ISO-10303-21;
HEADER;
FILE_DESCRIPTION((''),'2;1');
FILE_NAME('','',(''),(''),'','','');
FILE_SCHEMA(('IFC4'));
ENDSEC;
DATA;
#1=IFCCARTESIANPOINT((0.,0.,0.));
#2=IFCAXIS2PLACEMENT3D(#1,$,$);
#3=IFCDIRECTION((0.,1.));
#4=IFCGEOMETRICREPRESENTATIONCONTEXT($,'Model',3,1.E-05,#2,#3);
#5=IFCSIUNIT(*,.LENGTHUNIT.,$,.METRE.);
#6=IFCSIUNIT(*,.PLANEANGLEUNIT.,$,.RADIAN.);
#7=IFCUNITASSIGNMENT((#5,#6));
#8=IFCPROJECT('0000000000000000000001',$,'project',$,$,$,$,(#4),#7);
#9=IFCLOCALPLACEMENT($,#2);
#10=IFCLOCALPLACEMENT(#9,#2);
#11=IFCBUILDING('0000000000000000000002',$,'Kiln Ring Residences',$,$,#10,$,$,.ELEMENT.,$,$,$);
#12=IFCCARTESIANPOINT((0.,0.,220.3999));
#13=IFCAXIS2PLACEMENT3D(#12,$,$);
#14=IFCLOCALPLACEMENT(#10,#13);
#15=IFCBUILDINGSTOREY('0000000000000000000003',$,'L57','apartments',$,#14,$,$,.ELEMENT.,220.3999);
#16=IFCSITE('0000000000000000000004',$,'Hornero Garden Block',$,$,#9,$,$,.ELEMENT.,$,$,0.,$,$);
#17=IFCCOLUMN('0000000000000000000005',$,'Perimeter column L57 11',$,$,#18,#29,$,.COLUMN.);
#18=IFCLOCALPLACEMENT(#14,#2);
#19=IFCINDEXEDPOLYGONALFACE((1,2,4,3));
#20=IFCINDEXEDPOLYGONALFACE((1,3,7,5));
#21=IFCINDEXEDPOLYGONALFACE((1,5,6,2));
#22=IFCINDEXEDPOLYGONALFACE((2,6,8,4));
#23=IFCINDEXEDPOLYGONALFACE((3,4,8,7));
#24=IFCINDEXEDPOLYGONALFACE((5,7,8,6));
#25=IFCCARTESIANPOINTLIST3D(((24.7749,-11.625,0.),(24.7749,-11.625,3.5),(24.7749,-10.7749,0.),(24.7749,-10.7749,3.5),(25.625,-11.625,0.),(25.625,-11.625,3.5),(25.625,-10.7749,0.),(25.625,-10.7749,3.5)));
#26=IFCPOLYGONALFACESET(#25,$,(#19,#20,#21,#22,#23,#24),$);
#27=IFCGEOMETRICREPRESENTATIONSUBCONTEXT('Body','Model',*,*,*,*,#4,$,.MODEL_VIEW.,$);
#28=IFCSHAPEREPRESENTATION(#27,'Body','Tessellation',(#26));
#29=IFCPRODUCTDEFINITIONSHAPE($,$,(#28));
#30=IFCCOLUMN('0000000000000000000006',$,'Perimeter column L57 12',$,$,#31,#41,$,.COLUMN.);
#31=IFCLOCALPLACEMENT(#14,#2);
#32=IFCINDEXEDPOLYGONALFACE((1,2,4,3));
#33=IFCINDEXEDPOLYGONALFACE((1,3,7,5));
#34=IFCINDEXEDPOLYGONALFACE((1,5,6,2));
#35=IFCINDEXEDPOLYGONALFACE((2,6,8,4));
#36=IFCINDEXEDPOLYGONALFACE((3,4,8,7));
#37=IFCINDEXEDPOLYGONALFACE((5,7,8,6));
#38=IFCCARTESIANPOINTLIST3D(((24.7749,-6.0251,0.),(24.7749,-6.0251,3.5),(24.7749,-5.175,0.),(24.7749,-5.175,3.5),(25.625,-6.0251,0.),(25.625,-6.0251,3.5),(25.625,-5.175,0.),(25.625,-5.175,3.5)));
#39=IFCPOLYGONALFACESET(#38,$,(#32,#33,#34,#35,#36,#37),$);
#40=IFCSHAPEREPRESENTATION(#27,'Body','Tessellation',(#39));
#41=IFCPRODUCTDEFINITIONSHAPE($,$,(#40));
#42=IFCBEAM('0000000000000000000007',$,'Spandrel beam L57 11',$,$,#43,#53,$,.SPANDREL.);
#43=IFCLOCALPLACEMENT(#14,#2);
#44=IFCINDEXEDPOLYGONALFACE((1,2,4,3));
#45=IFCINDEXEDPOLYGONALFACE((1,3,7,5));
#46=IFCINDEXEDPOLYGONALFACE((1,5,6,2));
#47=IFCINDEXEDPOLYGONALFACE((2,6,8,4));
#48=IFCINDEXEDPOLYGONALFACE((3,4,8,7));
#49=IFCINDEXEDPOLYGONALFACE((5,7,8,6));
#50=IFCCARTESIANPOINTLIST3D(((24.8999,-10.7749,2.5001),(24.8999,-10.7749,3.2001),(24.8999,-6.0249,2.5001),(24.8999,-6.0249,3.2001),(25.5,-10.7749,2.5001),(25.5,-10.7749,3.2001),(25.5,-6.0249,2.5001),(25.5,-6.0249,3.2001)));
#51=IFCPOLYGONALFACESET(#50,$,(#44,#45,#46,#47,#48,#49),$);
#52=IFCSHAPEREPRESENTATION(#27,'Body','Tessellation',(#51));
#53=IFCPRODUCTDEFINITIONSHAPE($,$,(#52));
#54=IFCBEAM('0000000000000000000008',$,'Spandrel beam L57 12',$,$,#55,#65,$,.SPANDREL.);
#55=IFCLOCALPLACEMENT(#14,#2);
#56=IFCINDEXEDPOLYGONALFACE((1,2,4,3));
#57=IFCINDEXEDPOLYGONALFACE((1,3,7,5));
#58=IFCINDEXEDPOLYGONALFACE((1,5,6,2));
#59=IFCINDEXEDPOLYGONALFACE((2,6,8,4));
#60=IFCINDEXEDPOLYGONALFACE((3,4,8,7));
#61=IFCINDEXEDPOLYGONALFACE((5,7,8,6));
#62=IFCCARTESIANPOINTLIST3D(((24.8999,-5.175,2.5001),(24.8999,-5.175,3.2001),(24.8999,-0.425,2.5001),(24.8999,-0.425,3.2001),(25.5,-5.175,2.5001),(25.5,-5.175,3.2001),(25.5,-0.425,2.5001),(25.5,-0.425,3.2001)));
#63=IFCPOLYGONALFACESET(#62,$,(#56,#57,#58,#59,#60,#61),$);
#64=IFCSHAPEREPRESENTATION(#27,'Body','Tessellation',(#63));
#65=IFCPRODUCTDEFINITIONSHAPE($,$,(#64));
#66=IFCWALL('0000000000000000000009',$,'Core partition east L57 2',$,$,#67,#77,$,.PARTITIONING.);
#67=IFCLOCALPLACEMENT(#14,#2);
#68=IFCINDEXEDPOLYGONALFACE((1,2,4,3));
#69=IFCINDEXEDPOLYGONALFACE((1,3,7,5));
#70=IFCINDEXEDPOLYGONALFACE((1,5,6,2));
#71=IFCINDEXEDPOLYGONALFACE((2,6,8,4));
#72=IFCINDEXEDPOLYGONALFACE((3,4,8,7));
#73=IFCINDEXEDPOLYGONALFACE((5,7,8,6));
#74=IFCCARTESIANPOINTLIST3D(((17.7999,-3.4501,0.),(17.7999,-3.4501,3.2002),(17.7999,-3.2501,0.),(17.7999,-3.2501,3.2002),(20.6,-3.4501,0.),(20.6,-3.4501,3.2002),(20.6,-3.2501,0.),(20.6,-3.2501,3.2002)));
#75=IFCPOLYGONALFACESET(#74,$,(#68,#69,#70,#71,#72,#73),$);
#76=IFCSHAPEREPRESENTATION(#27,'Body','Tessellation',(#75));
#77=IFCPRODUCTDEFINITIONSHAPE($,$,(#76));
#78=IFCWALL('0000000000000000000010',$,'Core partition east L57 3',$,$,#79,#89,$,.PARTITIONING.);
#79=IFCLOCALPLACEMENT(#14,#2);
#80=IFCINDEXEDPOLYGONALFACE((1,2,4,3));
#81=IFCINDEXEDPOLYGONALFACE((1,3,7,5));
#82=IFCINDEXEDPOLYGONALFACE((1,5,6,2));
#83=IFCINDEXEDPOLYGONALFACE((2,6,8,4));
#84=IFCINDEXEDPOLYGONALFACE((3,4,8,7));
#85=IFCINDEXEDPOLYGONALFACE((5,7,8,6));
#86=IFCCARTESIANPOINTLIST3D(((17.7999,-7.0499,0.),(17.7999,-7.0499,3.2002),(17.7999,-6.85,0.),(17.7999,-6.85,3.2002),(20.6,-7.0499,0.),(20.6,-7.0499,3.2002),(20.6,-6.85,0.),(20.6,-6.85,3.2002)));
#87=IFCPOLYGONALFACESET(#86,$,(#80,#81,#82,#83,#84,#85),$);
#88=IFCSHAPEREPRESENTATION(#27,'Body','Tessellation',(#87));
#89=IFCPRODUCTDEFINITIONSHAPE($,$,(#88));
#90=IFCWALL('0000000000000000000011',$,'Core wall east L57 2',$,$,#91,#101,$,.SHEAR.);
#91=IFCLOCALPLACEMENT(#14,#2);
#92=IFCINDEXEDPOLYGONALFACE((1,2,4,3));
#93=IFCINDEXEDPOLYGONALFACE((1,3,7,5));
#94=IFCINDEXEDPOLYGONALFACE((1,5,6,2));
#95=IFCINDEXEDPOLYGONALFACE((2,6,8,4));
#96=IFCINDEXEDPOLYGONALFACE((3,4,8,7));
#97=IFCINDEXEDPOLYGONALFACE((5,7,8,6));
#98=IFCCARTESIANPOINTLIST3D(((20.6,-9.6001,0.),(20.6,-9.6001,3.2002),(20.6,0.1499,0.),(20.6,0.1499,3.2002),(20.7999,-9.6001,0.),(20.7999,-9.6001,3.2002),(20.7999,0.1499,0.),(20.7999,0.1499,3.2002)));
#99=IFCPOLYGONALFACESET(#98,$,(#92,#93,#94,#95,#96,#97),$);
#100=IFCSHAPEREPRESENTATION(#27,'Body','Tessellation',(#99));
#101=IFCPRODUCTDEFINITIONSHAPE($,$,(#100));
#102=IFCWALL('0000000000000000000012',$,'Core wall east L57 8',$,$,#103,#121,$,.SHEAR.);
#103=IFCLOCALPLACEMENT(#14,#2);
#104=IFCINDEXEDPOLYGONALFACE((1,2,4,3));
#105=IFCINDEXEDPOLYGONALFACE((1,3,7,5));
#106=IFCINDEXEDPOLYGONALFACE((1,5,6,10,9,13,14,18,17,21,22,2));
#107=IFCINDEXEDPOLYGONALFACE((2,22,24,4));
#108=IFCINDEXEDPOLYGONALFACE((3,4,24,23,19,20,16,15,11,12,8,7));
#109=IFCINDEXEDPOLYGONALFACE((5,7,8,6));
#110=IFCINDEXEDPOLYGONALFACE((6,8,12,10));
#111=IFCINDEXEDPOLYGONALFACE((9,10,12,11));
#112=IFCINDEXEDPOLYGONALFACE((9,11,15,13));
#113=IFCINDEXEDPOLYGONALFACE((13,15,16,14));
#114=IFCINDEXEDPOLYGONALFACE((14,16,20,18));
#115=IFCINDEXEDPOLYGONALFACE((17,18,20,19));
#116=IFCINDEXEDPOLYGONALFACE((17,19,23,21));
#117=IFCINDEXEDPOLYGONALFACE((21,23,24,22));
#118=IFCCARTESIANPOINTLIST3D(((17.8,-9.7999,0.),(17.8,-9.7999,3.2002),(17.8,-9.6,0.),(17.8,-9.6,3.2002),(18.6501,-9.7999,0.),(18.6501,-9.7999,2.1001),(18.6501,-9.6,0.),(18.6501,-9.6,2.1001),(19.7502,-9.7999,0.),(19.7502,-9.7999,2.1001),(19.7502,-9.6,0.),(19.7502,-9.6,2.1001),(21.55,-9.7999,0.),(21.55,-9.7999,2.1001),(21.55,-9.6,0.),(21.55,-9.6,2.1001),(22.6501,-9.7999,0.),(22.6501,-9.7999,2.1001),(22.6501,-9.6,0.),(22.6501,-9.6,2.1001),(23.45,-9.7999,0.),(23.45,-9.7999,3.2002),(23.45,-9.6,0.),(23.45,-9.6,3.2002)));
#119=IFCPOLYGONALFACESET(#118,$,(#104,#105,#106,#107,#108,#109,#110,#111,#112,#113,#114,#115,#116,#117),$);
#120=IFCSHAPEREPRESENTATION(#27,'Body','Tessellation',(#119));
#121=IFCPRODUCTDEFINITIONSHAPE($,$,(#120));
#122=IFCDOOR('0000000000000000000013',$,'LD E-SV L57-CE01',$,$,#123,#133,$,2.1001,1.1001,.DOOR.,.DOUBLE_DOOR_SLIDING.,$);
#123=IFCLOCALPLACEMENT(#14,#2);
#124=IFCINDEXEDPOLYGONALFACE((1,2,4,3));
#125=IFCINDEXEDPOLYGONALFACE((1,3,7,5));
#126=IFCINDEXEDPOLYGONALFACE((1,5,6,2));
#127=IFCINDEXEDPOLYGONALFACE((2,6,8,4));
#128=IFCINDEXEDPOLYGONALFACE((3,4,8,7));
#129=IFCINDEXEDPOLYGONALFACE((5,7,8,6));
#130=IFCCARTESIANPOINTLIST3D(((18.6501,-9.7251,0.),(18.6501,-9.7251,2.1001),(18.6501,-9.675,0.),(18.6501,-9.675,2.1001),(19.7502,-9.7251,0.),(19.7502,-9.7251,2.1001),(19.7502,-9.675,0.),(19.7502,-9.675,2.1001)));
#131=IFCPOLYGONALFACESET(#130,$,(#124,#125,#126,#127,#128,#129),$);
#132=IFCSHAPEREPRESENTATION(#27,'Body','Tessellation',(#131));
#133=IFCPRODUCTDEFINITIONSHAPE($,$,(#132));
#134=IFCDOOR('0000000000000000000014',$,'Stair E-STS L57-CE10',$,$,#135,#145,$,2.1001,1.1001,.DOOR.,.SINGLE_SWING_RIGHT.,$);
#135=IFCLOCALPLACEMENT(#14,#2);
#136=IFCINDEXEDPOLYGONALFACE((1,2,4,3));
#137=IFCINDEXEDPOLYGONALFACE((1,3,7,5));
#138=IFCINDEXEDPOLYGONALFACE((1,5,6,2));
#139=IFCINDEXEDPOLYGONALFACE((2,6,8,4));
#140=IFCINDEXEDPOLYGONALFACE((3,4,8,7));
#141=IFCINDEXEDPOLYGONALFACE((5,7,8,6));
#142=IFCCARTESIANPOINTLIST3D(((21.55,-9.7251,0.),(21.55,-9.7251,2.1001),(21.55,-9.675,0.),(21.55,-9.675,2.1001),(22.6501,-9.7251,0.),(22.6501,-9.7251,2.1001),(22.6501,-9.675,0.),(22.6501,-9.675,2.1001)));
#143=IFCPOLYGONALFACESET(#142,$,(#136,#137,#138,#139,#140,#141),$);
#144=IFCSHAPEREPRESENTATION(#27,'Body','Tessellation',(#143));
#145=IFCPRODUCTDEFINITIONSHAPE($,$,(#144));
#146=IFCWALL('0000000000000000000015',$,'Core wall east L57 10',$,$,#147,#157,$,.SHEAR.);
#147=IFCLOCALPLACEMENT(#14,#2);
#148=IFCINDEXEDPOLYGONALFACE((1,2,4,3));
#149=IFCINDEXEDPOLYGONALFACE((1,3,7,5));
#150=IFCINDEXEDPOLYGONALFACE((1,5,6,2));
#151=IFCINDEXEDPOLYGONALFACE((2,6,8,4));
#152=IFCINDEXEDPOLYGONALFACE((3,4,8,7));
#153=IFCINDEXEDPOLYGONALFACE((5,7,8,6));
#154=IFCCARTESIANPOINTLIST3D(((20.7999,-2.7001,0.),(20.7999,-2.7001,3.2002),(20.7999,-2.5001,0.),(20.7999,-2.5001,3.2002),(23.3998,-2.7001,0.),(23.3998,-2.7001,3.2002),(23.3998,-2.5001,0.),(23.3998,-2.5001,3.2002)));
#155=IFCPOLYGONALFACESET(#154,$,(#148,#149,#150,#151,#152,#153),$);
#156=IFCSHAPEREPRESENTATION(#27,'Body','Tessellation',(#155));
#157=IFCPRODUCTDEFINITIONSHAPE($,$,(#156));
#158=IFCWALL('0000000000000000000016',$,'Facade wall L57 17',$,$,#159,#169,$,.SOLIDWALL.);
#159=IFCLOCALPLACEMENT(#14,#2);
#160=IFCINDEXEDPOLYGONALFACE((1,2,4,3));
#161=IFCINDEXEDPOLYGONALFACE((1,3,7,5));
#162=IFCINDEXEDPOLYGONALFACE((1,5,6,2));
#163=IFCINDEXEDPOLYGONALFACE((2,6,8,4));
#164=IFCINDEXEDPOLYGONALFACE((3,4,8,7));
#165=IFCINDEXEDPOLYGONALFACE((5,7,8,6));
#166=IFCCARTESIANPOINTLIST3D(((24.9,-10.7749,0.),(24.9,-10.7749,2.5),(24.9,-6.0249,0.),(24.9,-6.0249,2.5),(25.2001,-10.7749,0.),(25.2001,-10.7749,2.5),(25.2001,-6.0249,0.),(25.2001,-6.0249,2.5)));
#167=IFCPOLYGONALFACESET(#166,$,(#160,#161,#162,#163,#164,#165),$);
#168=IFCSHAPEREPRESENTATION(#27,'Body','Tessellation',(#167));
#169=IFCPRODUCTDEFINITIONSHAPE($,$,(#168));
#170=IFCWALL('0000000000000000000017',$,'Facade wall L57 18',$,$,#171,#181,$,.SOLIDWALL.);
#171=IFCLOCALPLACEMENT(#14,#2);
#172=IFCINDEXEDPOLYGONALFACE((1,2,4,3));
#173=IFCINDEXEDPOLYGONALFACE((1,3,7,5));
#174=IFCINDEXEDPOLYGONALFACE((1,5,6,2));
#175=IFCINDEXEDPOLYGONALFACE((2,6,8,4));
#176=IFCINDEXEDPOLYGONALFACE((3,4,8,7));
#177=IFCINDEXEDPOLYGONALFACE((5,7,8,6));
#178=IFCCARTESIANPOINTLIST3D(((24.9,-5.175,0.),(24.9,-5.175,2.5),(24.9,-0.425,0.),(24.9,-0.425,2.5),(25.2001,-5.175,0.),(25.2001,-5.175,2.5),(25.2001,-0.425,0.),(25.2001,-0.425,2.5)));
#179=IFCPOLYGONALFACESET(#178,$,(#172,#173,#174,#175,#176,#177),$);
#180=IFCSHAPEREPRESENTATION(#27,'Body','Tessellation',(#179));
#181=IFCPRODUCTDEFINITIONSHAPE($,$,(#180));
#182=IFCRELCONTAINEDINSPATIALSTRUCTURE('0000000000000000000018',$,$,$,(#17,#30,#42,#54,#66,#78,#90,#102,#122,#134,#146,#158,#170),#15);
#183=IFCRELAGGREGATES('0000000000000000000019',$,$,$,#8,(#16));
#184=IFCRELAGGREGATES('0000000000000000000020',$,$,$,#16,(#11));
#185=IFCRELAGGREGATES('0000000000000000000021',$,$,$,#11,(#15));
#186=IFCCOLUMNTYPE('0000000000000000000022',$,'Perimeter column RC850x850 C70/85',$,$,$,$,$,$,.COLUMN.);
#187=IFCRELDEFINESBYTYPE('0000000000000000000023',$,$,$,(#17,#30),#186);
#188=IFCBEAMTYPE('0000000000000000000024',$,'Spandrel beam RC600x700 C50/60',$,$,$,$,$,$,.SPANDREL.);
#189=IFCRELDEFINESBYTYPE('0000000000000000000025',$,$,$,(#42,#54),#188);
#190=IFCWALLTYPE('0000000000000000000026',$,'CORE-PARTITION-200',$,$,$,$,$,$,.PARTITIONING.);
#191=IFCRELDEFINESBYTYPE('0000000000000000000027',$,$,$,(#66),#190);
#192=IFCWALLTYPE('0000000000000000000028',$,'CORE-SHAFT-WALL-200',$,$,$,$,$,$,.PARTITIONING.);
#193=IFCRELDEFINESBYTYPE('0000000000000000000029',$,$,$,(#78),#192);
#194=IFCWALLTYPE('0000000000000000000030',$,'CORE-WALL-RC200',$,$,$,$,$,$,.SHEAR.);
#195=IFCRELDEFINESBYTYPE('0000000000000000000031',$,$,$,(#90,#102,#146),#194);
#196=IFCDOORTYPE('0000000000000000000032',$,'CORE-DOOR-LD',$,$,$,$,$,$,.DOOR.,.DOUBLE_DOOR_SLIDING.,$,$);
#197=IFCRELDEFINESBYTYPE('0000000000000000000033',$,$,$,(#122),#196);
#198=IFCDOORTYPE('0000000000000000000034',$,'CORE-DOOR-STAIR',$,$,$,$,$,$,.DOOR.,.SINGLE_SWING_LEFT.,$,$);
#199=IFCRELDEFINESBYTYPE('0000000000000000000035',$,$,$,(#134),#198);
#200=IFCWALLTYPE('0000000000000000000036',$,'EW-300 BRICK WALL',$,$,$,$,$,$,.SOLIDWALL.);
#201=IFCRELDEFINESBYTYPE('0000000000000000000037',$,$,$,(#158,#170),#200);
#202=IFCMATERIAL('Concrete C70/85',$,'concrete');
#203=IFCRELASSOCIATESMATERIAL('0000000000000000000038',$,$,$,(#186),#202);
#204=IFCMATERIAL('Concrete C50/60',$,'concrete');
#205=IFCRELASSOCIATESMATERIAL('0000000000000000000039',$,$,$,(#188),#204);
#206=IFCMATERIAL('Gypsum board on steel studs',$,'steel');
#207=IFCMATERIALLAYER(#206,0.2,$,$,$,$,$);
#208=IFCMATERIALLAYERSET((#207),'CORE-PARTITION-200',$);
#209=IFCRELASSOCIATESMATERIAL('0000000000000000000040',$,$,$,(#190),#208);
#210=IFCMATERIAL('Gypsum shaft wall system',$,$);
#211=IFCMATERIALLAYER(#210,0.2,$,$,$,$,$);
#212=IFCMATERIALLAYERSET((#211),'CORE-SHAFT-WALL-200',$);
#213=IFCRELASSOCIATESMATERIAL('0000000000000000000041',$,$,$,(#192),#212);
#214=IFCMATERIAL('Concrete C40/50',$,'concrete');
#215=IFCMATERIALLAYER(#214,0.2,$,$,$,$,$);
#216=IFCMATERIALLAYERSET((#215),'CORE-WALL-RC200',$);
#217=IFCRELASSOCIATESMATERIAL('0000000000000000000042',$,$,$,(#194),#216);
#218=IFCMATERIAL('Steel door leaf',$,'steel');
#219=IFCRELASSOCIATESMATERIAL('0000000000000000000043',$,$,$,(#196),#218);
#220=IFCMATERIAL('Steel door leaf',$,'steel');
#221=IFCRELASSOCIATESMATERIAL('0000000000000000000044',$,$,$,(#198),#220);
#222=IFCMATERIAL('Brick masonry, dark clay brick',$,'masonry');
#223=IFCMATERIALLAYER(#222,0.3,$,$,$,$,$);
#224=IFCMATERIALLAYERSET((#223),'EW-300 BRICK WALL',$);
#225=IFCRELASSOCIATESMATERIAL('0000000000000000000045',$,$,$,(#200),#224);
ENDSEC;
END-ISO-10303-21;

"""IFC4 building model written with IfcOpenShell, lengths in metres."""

from ifc_helpers import new_model, si_unit, direction, frame, frame_2d, origin, origin_2d, place, context, subcontext, project, spatial, rectangle, extrude, material, layer, layer_set, material_profile, profile_set, type_object, element, fill, save


model = new_model("IFC4")

# Units and contexts
model_context = context("Model", 3, precision=1e-05, world=origin(), true_north=direction((0.0, 1.0)))
body_context = subcontext(model_context, "Body", "Model", "MODEL_VIEW")
ifc_project = project(units=[si_unit("LENGTHUNIT", "METRE"), si_unit("PLANEANGLEUNIT", "RADIAN")], contexts=[model_context])

# Site, building, storey
site_placement = place(None, origin())
site = spatial("IfcSite", under=ifc_project, at=site_placement, Name="Hornero Garden Block", CompositionType="ELEMENT", RefElevation=0.0)
building_placement = place(site_placement, origin())
building = spatial("IfcBuilding", under=site, at=building_placement, Name="Kiln Ring Residences", CompositionType="ELEMENT")
storey_placement = place(building_placement, frame((0.0, 0.0, 220.3999)))
storey = spatial("IfcBuildingStorey", under=building, at=storey_placement, Name="L57", Description="apartments", CompositionType="ELEMENT", Elevation=220.3999)

# Columns
ifc_material_1 = material(Name="Concrete C70/85", Category="concrete")
ifc_material_profile_1 = material_profile(ifc_material_1, rectangle(XDim=0.8501, YDim=0.8501, at=origin_2d()), Name="RC850x850")
ifc_profile_set_1 = profile_set([ifc_material_profile_1], Name="Concrete C70/85")
column_type = type_object("IfcColumnType", Name="Perimeter column RC850x850 C70/85", PredefinedType="COLUMN", material=ifc_profile_set_1)
for number, where, z_axis, x_axis, name in (
    (1, (25.2, -11.2, 0.0), (0.0, 0.0, 1.0), (1.0, 0.0, 0.0), "Perimeter column L57 11"),
    (2, (25.2, -5.6001, 0.0), (0.0, 0.0, 1.0), (1.0, 0.0, 0.0), "Perimeter column L57 12"),
):
    element("IfcColumn", number, at=place(storey_placement, frame(where, z_axis=z_axis, x_axis=x_axis)), inside=storey, type_object=column_type, Name=name, PredefinedType="COLUMN", context=body_context, shape_type="SweptSolid", body=[
        extrude(rectangle(XDim=0.8501, YDim=0.8501, at=origin_2d()), origin(), (0.0, 0.0, 1.0), 3.5),
    ])

# Beams
ifc_material_2 = material(Name="Concrete C50/60", Category="concrete")
ifc_material_profile_2 = material_profile(ifc_material_2, rectangle(XDim=0.6001, YDim=0.7, at=origin_2d()), Name="RC600x700")
ifc_profile_set_2 = profile_set([ifc_material_profile_2], Name="Concrete C50/60")
beam_type = type_object("IfcBeamType", Name="Spandrel beam RC600x700 C50/60", PredefinedType="SPANDREL", material=ifc_profile_set_2)
for number, where, z_axis, x_axis, name in (
    (3, (25.2, -10.7749, 2.8501), (0.0, 1.0, 0.0), (-1.0, 0.0, 0.0), "Spandrel beam L57 11"),
    (4, (25.2, -5.175, 2.8501), (0.0, 1.0, 0.0), (-1.0, 0.0, 0.0), "Spandrel beam L57 12"),
):
    element("IfcBeam", number, at=place(storey_placement, frame(where, z_axis=z_axis, x_axis=x_axis)), inside=storey, type_object=beam_type, Name=name, PredefinedType="SPANDREL", context=body_context, shape_type="SweptSolid", body=[
        extrude(rectangle(XDim=0.6001, YDim=0.7, at=origin_2d()), origin(), (0.0, 0.0, 1.0), 4.75),
    ])

# Walls
ifc_material_3 = material(Name="Gypsum board on steel studs", Category="steel")
ifc_layer_1 = layer(ifc_material_3, 0.2)
ifc_layer_set_1 = layer_set([ifc_layer_1], Name="CORE-PARTITION-200")
wall_type_1 = type_object("IfcWallType", Name="CORE-PARTITION-200", PredefinedType="PARTITIONING", material=ifc_layer_set_1)
wall_1_placement = place(storey_placement, frame((17.8, -3.3501, 0.0), z_axis=(0.0, 0.0, 1.0), x_axis=(1.0, 0.0, 0.0)))
element("IfcWall", 5, at=wall_1_placement, inside=storey, type_object=wall_type_1, Name="Core partition east L57 2", PredefinedType="PARTITIONING", context=body_context, shape_type="SweptSolid", body=[
    extrude(rectangle(XDim=2.8, YDim=0.2, at=frame_2d((1.3999, 0.0))), origin(), (0.0, 0.0, 1.0), 3.2002),
])
ifc_material_4 = material(Name="Gypsum shaft wall system")
ifc_layer_2 = layer(ifc_material_4, 0.2)
ifc_layer_set_2 = layer_set([ifc_layer_2], Name="CORE-SHAFT-WALL-200")
wall_type_2 = type_object("IfcWallType", Name="CORE-SHAFT-WALL-200", PredefinedType="PARTITIONING", material=ifc_layer_set_2)
wall_2_placement = place(storey_placement, frame((17.8, -6.95, 0.0), z_axis=(0.0, 0.0, 1.0), x_axis=(1.0, 0.0, 0.0)))
element("IfcWall", 6, at=wall_2_placement, inside=storey, type_object=wall_type_2, Name="Core partition east L57 3", PredefinedType="PARTITIONING", context=body_context, shape_type="SweptSolid", body=[
    extrude(rectangle(XDim=2.8, YDim=0.2, at=frame_2d((1.3999, 0.0))), origin(), (0.0, 0.0, 1.0), 3.2002),
])
ifc_material_5 = material(Name="Concrete C40/50", Category="concrete")
ifc_layer_3 = layer(ifc_material_5, 0.2)
ifc_layer_set_3 = layer_set([ifc_layer_3], Name="CORE-WALL-RC200")
wall_type_3 = type_object("IfcWallType", Name="CORE-WALL-RC200", PredefinedType="SHEAR", material=ifc_layer_set_3)
wall_3_placement = place(storey_placement, frame((20.7, -9.6001, 0.0), z_axis=(0.0, 0.0, 1.0), x_axis=(0.0, 1.0, 0.0)))
element("IfcWall", 7, at=wall_3_placement, inside=storey, type_object=wall_type_3, Name="Core wall east L57 2", PredefinedType="SHEAR", context=body_context, shape_type="SweptSolid", body=[
    extrude(rectangle(XDim=9.75, YDim=0.2, at=frame_2d((4.875, 0.0))), origin(), (0.0, 0.0, 1.0), 3.2002),
])

# Wall, openings, doors
wall_4_placement = place(storey_placement, frame((17.8, -9.7, 0.0), z_axis=(0.0, 0.0, 1.0), x_axis=(1.0, 0.0, 0.0)))
wall_4 = element("IfcWall", 8, at=wall_4_placement, inside=storey, type_object=wall_type_3, Name="Core wall east L57 8", PredefinedType="SHEAR", context=body_context, shape_type="SweptSolid", body=[
    extrude(rectangle(XDim=5.6499, YDim=0.2, at=frame_2d((2.825, 0.0))), origin(), (0.0, 0.0, 1.0), 3.2002),
])
opening_1_placement = place(wall_4_placement, frame((0.8501, 0.0, 0.0)))
opening_1 = element("IfcOpeningElement", 9, at=opening_1_placement, cuts=wall_4, PredefinedType="OPENING", context=body_context, shape_type="SweptSolid", body=[
    extrude(rectangle(XDim=1.1001, YDim=2.1001, at=frame_2d((0.55, 1.05))), frame((0.0, 0.1099, 0.0), z_axis=(0.0, -1.0, 0.0), x_axis=(1.0, 0.0, 0.0)), (0.0, 0.0, 1.0), 0.22),
])
opening_2_placement = place(wall_4_placement, frame((3.75, 0.0, 0.0)))
opening_2 = element("IfcOpeningElement", 10, at=opening_2_placement, cuts=wall_4, PredefinedType="OPENING", context=body_context, shape_type="SweptSolid", body=[
    extrude(rectangle(XDim=1.1001, YDim=2.1001, at=frame_2d((0.55, 1.05))), frame((0.0, 0.1099, 0.0), z_axis=(0.0, -1.0, 0.0), x_axis=(1.0, 0.0, 0.0)), (0.0, 0.0, 1.0), 0.22),
])
ifc_material_6 = material(Name="Steel door leaf", Category="steel")
door_type_1 = type_object("IfcDoorType", Name="CORE-DOOR-LD", OperationType="DOUBLE_DOOR_SLIDING", PredefinedType="DOOR", material=ifc_material_6)
door_1_placement = place(opening_1_placement, origin())
door_1 = element("IfcDoor", 11, at=door_1_placement, inside=storey, type_object=door_type_1, Name="LD E-SV L57-CE01", OperationType="DOUBLE_DOOR_SLIDING", OverallHeight=2.1001, OverallWidth=1.1001, PredefinedType="DOOR", context=body_context, shape_type="SweptSolid", body=[
    extrude(rectangle(XDim=1.1001, YDim=2.1001, at=frame_2d((0.55, 1.05))), frame((0.0, 0.0249, 0.0), z_axis=(0.0, -1.0, 0.0), x_axis=(1.0, 0.0, 0.0)), (0.0, 0.0, 1.0), 0.05),
])
fill(opening_1, door_1)
ifc_material_7 = material(Name="Steel door leaf", Category="steel")
door_type_2 = type_object("IfcDoorType", Name="CORE-DOOR-STAIR", OperationType="SINGLE_SWING_LEFT", PredefinedType="DOOR", material=ifc_material_7)
door_2_placement = place(opening_2_placement, origin())
door_2 = element("IfcDoor", 12, at=door_2_placement, inside=storey, type_object=door_type_2, Name="Stair E-STS L57-CE10", OperationType="SINGLE_SWING_RIGHT", OverallHeight=2.1001, OverallWidth=1.1001, PredefinedType="DOOR", context=body_context, shape_type="SweptSolid", body=[
    extrude(rectangle(XDim=1.1001, YDim=2.1001, at=frame_2d((0.55, 1.05))), frame((0.0, 0.0249, 0.0), z_axis=(0.0, -1.0, 0.0), x_axis=(1.0, 0.0, 0.0)), (0.0, 0.0, 1.0), 0.05),
])
fill(opening_2, door_2)

# Walls
wall_5_placement = place(storey_placement, frame((20.8, -2.6001, 0.0), z_axis=(0.0, 0.0, 1.0), x_axis=(1.0, 0.0, 0.0)))
element("IfcWall", 13, at=wall_5_placement, inside=storey, type_object=wall_type_3, Name="Core wall east L57 10", PredefinedType="SHEAR", context=body_context, shape_type="SweptSolid", body=[
    extrude(rectangle(XDim=2.5999, YDim=0.2, at=frame_2d((1.2998, 0.0))), origin(), (0.0, 0.0, 1.0), 3.2002),
])
ifc_material_8 = material(Name="Brick masonry, dark clay brick", Category="masonry")
ifc_layer_4 = layer(ifc_material_8, 0.3)
ifc_layer_set_4 = layer_set([ifc_layer_4], Name="EW-300 BRICK WALL")
wall_type_4 = type_object("IfcWallType", Name="EW-300 BRICK WALL", PredefinedType="SOLIDWALL", material=ifc_layer_set_4)
for number, where, z_axis, x_axis, name in (
    (14, (25.05, -10.7749, 0.0), (0.0, 0.0, 1.0), (0.0, 1.0, 0.0), "Facade wall L57 17"),
    (15, (25.05, -5.175, 0.0), (0.0, 0.0, 1.0), (0.0, 1.0, 0.0), "Facade wall L57 18"),
):
    element("IfcWall", number, at=place(storey_placement, frame(where, z_axis=z_axis, x_axis=x_axis)), inside=storey, type_object=wall_type_4, Name=name, PredefinedType="SOLIDWALL", context=body_context, shape_type="SweptSolid", body=[
        extrude(rectangle(XDim=4.75, YDim=0.3, at=frame_2d((2.375, 0.0))), origin(), (0.0, 0.0, 1.0), 2.5),
    ])

save(model, "model.ifc")
